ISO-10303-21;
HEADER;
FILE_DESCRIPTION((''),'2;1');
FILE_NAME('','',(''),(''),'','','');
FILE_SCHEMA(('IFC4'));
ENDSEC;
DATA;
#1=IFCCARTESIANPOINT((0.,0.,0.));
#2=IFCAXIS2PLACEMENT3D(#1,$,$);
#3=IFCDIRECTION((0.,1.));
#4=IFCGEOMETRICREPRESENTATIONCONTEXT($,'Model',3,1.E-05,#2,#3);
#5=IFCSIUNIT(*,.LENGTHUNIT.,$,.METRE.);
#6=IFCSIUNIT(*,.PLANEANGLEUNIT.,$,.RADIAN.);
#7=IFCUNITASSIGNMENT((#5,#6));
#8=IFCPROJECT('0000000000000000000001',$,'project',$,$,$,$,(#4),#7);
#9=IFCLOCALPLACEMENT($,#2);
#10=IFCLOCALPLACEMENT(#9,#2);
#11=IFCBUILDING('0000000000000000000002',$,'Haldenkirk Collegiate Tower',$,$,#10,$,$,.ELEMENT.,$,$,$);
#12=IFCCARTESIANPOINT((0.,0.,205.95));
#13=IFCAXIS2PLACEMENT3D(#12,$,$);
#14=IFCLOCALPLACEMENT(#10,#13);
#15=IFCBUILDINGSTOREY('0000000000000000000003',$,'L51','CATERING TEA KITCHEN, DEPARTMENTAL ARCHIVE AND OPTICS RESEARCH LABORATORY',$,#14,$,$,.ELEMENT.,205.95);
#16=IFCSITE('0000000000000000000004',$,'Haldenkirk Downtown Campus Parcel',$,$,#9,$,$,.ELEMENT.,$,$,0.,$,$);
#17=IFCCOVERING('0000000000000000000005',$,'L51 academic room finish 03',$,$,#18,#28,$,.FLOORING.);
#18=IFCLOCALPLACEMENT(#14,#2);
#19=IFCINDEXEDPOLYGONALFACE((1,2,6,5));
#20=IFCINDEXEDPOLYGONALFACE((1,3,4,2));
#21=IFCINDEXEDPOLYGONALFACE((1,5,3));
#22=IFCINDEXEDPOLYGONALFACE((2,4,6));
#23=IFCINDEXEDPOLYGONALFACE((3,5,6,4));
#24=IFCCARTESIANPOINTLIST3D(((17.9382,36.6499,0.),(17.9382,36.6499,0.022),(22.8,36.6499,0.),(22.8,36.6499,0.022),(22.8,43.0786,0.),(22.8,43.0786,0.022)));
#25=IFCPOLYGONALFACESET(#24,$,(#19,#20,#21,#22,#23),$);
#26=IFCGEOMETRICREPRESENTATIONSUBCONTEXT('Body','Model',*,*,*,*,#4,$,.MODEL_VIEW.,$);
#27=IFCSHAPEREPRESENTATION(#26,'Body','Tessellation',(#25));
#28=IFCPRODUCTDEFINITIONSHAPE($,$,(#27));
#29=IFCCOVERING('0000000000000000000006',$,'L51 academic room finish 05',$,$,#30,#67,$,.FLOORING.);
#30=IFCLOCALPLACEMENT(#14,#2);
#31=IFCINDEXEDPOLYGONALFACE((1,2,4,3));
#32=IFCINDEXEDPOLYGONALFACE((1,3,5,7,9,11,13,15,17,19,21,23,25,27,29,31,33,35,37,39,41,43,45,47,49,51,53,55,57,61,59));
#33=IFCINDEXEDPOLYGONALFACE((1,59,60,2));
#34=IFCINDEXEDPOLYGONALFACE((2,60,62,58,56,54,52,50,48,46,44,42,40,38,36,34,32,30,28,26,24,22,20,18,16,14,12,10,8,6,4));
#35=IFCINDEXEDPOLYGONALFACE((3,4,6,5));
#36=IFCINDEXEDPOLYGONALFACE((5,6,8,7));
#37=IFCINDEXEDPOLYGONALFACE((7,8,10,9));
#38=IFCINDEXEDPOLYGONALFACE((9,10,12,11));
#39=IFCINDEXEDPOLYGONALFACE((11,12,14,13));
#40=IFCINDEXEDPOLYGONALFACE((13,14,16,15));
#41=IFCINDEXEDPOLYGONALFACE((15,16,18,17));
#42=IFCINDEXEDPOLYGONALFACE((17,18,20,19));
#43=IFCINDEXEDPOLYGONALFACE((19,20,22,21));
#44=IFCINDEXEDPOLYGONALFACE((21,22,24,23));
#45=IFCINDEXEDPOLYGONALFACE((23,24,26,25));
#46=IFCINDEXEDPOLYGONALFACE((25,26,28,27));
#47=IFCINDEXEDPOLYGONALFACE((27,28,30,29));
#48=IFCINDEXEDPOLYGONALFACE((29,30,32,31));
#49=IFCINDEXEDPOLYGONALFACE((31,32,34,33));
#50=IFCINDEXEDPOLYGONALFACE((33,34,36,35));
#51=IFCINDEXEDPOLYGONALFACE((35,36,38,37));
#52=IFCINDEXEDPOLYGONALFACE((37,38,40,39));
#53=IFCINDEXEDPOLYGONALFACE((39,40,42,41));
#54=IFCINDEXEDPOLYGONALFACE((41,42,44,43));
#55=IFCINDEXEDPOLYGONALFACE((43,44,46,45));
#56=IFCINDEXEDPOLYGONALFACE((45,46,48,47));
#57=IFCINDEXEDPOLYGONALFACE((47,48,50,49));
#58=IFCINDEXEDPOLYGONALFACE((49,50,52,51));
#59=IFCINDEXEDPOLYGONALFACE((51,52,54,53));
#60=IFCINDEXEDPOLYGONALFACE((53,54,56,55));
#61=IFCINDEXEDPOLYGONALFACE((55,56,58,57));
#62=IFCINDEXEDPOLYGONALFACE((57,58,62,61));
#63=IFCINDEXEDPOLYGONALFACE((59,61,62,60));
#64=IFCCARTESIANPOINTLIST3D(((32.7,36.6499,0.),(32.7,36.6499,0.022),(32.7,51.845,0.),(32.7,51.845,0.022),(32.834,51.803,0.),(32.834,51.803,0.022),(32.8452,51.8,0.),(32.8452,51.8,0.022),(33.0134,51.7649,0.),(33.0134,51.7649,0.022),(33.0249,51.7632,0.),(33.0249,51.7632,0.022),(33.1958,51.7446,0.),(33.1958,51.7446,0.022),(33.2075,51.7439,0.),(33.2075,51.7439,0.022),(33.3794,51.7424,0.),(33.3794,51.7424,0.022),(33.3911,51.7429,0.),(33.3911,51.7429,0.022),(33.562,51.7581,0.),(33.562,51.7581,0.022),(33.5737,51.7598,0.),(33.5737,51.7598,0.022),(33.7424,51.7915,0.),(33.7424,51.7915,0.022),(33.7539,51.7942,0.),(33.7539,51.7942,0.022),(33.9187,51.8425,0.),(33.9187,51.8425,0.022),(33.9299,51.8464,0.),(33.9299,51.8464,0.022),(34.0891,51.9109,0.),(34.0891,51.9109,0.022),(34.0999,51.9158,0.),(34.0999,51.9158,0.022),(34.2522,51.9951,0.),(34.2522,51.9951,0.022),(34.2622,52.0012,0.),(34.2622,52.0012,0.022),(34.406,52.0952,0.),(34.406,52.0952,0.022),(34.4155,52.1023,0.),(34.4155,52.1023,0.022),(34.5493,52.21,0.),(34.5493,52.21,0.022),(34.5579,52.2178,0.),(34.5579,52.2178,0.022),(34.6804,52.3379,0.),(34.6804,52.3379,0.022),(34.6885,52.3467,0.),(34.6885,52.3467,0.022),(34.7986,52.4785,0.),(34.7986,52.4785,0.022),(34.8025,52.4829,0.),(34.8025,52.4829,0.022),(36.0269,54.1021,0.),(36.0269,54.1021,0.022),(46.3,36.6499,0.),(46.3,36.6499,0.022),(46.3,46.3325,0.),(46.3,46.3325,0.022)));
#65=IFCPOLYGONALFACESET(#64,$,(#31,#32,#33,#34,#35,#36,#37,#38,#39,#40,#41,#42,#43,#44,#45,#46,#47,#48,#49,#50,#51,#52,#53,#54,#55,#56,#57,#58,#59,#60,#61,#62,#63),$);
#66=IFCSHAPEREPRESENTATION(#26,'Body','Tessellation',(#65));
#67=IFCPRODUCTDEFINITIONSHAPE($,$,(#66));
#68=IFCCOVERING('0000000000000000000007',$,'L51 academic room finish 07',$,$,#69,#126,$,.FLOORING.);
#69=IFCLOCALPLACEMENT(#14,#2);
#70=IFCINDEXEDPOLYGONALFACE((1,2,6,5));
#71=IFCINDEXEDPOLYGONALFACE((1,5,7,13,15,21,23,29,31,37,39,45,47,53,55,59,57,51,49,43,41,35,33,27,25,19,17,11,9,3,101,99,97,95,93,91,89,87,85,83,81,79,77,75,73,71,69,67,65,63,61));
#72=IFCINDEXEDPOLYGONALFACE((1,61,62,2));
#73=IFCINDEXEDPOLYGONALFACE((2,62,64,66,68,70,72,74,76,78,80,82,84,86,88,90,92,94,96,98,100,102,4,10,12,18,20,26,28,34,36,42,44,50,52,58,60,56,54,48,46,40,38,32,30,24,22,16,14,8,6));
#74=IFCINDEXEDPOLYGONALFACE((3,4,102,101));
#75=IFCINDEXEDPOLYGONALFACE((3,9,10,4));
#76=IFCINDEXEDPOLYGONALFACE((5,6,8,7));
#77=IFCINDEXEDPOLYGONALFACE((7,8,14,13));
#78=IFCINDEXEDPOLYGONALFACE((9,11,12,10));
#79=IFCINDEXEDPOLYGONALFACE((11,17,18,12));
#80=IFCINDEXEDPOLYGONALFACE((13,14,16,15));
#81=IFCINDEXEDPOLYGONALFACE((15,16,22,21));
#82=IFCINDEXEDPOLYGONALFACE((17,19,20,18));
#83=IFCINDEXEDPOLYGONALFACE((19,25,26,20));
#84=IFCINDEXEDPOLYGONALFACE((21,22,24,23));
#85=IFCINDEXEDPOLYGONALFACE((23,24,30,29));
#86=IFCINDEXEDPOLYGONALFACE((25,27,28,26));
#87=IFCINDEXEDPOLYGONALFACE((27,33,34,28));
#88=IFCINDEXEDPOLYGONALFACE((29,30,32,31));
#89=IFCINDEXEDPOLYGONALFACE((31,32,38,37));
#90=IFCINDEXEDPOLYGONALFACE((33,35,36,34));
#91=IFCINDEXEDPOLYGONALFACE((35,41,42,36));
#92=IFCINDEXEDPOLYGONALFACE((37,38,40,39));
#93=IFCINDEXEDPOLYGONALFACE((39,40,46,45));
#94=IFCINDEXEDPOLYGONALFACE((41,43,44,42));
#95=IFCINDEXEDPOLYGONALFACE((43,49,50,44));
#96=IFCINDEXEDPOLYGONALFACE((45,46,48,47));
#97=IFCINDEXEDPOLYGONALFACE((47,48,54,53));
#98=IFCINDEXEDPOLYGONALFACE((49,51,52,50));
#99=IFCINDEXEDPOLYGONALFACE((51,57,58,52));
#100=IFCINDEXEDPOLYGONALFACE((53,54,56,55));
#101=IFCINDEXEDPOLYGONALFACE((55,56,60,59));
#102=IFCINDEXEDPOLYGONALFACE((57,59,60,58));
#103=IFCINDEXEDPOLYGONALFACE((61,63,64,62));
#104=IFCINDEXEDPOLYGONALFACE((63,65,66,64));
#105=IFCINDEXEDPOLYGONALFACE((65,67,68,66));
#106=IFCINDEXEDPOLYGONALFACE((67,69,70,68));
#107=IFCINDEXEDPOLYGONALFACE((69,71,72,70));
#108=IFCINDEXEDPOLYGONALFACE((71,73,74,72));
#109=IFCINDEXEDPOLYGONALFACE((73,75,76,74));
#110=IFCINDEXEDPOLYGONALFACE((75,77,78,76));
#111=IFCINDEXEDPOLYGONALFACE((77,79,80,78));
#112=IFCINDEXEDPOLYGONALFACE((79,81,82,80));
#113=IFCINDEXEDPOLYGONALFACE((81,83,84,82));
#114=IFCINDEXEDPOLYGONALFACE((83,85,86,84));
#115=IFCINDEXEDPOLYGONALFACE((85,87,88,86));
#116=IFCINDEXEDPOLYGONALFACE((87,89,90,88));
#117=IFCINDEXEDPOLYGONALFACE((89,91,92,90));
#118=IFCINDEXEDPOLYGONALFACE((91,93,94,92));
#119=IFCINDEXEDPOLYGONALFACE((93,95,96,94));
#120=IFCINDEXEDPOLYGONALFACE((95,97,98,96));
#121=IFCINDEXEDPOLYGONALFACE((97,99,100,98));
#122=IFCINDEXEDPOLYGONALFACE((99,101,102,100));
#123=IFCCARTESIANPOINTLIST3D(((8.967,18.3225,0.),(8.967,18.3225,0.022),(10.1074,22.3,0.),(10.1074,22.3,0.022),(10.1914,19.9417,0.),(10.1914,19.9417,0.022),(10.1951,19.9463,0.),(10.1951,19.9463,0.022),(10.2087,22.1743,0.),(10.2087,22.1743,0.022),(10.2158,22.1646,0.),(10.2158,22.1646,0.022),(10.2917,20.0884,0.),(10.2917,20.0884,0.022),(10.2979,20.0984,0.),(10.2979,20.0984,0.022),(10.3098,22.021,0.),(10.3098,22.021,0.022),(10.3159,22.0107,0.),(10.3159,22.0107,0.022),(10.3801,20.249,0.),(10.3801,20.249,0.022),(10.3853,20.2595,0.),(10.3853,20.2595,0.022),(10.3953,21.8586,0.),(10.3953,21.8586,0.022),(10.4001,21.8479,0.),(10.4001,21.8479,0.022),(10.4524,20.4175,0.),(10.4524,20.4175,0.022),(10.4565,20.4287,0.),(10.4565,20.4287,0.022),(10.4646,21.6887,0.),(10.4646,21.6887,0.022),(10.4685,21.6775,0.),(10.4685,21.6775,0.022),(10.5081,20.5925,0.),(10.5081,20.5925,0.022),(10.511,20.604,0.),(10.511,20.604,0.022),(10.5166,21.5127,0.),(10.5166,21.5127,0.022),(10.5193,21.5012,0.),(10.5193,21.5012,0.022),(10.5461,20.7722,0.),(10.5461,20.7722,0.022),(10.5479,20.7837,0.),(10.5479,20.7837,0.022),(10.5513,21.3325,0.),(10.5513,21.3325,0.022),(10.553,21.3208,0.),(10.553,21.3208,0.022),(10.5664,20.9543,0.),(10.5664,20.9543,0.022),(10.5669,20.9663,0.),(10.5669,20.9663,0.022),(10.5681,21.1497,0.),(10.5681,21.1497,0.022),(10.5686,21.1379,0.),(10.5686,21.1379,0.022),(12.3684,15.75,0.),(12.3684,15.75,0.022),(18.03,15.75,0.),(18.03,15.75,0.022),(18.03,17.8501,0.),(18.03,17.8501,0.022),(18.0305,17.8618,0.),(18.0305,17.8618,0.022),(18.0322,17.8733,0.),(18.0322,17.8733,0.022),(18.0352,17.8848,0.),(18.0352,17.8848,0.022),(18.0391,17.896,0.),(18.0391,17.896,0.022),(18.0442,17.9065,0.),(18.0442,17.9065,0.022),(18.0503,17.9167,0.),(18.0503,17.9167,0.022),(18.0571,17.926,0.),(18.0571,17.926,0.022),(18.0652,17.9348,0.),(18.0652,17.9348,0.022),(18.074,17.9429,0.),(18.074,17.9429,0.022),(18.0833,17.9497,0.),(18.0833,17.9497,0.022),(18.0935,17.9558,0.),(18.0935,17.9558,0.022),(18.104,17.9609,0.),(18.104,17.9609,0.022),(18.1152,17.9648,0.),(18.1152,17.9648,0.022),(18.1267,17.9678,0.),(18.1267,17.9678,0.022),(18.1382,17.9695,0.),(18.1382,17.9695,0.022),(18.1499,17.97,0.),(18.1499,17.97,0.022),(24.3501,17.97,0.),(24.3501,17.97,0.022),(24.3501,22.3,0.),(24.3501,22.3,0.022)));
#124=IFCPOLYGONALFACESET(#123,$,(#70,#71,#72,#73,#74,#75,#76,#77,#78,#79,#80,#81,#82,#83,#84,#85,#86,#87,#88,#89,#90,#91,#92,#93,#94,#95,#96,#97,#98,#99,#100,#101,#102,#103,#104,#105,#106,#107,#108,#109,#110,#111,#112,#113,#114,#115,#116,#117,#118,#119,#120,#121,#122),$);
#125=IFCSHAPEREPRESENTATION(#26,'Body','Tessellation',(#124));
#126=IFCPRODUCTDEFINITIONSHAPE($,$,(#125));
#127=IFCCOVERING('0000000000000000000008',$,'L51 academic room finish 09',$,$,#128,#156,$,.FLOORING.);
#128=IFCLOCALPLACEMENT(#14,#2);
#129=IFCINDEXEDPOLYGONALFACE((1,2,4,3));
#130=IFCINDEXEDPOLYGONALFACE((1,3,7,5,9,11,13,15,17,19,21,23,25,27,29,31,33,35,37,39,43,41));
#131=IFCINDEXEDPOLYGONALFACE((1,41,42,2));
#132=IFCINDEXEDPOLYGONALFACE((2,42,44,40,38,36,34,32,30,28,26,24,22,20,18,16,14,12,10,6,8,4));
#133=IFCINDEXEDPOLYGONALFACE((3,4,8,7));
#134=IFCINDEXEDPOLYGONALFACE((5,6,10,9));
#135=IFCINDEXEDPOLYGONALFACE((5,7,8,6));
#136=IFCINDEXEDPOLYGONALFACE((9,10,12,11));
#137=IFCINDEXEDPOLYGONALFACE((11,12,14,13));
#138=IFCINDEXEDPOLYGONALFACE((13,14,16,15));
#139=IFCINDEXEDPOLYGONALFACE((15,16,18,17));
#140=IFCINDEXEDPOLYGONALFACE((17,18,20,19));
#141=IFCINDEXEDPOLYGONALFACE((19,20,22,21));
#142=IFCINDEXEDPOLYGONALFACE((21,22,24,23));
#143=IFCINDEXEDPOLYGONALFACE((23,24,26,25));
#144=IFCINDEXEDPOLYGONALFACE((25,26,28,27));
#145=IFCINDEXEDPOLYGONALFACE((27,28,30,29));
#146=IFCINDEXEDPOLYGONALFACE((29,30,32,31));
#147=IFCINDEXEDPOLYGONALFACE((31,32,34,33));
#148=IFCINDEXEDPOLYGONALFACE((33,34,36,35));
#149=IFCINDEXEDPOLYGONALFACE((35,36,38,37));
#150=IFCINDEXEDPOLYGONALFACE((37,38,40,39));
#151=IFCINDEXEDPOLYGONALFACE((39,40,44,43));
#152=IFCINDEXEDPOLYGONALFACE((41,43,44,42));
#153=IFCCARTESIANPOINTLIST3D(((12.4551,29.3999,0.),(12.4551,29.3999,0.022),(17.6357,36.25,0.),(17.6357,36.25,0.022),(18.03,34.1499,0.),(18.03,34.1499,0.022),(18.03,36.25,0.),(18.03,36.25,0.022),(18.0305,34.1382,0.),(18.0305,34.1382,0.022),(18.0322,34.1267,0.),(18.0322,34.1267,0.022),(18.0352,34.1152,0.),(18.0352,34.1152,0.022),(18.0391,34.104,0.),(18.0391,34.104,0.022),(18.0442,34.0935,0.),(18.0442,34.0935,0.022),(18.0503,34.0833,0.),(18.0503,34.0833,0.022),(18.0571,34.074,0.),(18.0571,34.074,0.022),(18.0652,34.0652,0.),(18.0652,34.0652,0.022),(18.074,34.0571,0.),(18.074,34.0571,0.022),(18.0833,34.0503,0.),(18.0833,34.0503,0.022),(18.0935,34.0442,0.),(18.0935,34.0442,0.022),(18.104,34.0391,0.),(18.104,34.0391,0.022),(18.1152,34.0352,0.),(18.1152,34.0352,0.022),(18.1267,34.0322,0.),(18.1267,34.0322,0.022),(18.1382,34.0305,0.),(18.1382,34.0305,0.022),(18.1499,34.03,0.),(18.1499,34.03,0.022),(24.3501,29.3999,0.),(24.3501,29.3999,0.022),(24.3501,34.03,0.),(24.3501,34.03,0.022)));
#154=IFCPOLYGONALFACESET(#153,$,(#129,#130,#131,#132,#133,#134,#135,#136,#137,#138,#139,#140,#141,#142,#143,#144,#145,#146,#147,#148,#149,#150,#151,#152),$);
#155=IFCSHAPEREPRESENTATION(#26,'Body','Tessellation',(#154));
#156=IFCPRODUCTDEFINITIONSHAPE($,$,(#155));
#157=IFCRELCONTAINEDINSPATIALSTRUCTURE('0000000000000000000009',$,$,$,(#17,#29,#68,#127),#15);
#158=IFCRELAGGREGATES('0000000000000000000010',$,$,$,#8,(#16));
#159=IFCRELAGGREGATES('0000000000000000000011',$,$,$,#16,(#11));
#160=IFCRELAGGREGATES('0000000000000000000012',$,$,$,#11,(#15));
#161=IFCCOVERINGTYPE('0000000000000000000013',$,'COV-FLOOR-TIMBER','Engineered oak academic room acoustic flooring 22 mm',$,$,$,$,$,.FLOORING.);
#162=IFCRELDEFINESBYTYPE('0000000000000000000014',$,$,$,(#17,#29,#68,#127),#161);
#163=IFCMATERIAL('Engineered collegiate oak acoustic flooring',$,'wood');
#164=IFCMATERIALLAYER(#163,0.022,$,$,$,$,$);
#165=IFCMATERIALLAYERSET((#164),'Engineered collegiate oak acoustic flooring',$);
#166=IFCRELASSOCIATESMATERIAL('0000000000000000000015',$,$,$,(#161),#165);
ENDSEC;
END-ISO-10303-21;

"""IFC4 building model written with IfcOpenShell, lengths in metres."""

from ifc_helpers import new_model, si_unit, direction, frame, origin, place, context, subcontext, project, spatial, polyline, outline, extrude, material, layer, layer_set, type_object, element, save


model = new_model("IFC4")

# Units and contexts
model_context = context("Model", 3, precision=1e-05, world=origin(), true_north=direction((0.0, 1.0)))
body_context = subcontext(model_context, "Body", "Model", "MODEL_VIEW")
ifc_project = project(units=[si_unit("LENGTHUNIT", "METRE"), si_unit("PLANEANGLEUNIT", "RADIAN")], contexts=[model_context])

# Site, building, storey
site_placement = place(None, origin())
site = spatial("IfcSite", under=ifc_project, at=site_placement, Name="Haldenkirk Downtown Campus Parcel", CompositionType="ELEMENT", RefElevation=0.0)
building_placement = place(site_placement, origin())
building = spatial("IfcBuilding", under=site, at=building_placement, Name="Haldenkirk Collegiate Tower", CompositionType="ELEMENT")
storey_placement = place(building_placement, frame((0.0, 0.0, 205.95)))
storey = spatial("IfcBuildingStorey", under=building, at=storey_placement, Name="L51", Description="CATERING TEA KITCHEN, DEPARTMENTAL ARCHIVE AND OPTICS RESEARCH LABORATORY", CompositionType="ELEMENT", Elevation=205.95)

# Coverings
ifc_material_1 = material(Name="Engineered collegiate oak acoustic flooring", Category="wood")
ifc_layer_1 = layer(ifc_material_1, 0.022)
ifc_layer_set_1 = layer_set([ifc_layer_1], Name="Engineered collegiate oak acoustic flooring")
covering_type_1 = type_object("IfcCoveringType", Name="COV-FLOOR-TIMBER", Description="Engineered oak academic room acoustic flooring 22 mm", PredefinedType="FLOORING", material=ifc_layer_set_1)
covering_1_placement = place(storey_placement, origin())
element("IfcCovering", 1, at=covering_1_placement, inside=storey, type_object=covering_type_1, Name="L51 academic room finish 03", PredefinedType="FLOORING", context=body_context, shape_type="SweptSolid", body=[
    extrude(outline(polyline([(22.8, 43.0786), (22.8, 36.6499), (17.9382, 36.6499), (22.8, 43.0786)])), origin(), (0.0, 0.0, 1.0), 0.022),
])
covering_2_placement = place(storey_placement, origin())
element("IfcCovering", 2, at=covering_2_placement, inside=storey, type_object=covering_type_1, Name="L51 academic room finish 05", PredefinedType="FLOORING", context=body_context, shape_type="SweptSolid", body=[
    extrude(outline(polyline([(32.7, 51.845), (32.834, 51.803), (32.8452, 51.8), (33.0134, 51.7649), (33.0249, 51.7632), (33.1958, 51.7446), (33.2075, 51.7439), (33.3794, 51.7424), (33.3911, 51.7429), (33.562, 51.7581), (33.5737, 51.7598), (33.7424, 51.7915), (33.7539, 51.7942), (33.9187, 51.8425), (33.9299, 51.8464), (34.0891, 51.9109), (34.0999, 51.9158), (34.2522, 51.9951), (34.2622, 52.0012), (34.406, 52.0952), (34.4155, 52.1023), (34.5493, 52.21), (34.5579, 52.2178), (34.6804, 52.3379), (34.6885, 52.3467), (34.7986, 52.4785), (34.8025, 52.4829), (36.0269, 54.1021), (46.3, 46.3325), (46.3, 36.6499), (32.7, 36.6499), (32.7, 51.845)])), origin(), (0.0, 0.0, 1.0), 0.022),
])
covering_3_placement = place(storey_placement, origin())
element("IfcCovering", 3, at=covering_3_placement, inside=storey, type_object=covering_type_1, Name="L51 academic room finish 07", PredefinedType="FLOORING", context=body_context, shape_type="SweptSolid", body=[
    extrude(outline(polyline([(10.1074, 22.3), (24.3501, 22.3), (24.3501, 17.97), (18.1499, 17.97), (18.1382, 17.9695), (18.1267, 17.9678), (18.1152, 17.9648), (18.104, 17.9609), (18.0935, 17.9558), (18.0833, 17.9497), (18.074, 17.9429), (18.0652, 17.9348), (18.0571, 17.926), (18.0503, 17.9167), (18.0442, 17.9065), (18.0391, 17.896), (18.0352, 17.8848), (18.0322, 17.8733), (18.0305, 17.8618), (18.03, 17.8501), (18.03, 15.75), (12.3684, 15.75), (8.967, 18.3225), (10.1914, 19.9417), (10.1951, 19.9463), (10.2917, 20.0884), (10.2979, 20.0984), (10.3801, 20.249), (10.3853, 20.2595), (10.4524, 20.4175), (10.4565, 20.4287), (10.5081, 20.5925), (10.511, 20.604), (10.5461, 20.7722), (10.5479, 20.7837), (10.5664, 20.9543), (10.5669, 20.9663), (10.5686, 21.1379), (10.5681, 21.1497), (10.553, 21.3208), (10.5513, 21.3325), (10.5193, 21.5012), (10.5166, 21.5127), (10.4685, 21.6775), (10.4646, 21.6887), (10.4001, 21.8479), (10.3953, 21.8586), (10.3159, 22.0107), (10.3098, 22.021), (10.2158, 22.1646), (10.2087, 22.1743), (10.1074, 22.3)])), origin(), (0.0, 0.0, 1.0), 0.022),
])
covering_4_placement = place(storey_placement, origin())
element("IfcCovering", 4, at=covering_4_placement, inside=storey, type_object=covering_type_1, Name="L51 academic room finish 09", PredefinedType="FLOORING", context=body_context, shape_type="SweptSolid", body=[
    extrude(outline(polyline([(17.6357, 36.25), (18.03, 36.25), (18.03, 34.1499), (18.0305, 34.1382), (18.0322, 34.1267), (18.0352, 34.1152), (18.0391, 34.104), (18.0442, 34.0935), (18.0503, 34.0833), (18.0571, 34.074), (18.0652, 34.0652), (18.074, 34.0571), (18.0833, 34.0503), (18.0935, 34.0442), (18.104, 34.0391), (18.1152, 34.0352), (18.1267, 34.0322), (18.1382, 34.0305), (18.1499, 34.03), (24.3501, 34.03), (24.3501, 29.3999), (12.4551, 29.3999), (17.6357, 36.25)])), origin(), (0.0, 0.0, 1.0), 0.022),
])

save(model, "model.ifc")
